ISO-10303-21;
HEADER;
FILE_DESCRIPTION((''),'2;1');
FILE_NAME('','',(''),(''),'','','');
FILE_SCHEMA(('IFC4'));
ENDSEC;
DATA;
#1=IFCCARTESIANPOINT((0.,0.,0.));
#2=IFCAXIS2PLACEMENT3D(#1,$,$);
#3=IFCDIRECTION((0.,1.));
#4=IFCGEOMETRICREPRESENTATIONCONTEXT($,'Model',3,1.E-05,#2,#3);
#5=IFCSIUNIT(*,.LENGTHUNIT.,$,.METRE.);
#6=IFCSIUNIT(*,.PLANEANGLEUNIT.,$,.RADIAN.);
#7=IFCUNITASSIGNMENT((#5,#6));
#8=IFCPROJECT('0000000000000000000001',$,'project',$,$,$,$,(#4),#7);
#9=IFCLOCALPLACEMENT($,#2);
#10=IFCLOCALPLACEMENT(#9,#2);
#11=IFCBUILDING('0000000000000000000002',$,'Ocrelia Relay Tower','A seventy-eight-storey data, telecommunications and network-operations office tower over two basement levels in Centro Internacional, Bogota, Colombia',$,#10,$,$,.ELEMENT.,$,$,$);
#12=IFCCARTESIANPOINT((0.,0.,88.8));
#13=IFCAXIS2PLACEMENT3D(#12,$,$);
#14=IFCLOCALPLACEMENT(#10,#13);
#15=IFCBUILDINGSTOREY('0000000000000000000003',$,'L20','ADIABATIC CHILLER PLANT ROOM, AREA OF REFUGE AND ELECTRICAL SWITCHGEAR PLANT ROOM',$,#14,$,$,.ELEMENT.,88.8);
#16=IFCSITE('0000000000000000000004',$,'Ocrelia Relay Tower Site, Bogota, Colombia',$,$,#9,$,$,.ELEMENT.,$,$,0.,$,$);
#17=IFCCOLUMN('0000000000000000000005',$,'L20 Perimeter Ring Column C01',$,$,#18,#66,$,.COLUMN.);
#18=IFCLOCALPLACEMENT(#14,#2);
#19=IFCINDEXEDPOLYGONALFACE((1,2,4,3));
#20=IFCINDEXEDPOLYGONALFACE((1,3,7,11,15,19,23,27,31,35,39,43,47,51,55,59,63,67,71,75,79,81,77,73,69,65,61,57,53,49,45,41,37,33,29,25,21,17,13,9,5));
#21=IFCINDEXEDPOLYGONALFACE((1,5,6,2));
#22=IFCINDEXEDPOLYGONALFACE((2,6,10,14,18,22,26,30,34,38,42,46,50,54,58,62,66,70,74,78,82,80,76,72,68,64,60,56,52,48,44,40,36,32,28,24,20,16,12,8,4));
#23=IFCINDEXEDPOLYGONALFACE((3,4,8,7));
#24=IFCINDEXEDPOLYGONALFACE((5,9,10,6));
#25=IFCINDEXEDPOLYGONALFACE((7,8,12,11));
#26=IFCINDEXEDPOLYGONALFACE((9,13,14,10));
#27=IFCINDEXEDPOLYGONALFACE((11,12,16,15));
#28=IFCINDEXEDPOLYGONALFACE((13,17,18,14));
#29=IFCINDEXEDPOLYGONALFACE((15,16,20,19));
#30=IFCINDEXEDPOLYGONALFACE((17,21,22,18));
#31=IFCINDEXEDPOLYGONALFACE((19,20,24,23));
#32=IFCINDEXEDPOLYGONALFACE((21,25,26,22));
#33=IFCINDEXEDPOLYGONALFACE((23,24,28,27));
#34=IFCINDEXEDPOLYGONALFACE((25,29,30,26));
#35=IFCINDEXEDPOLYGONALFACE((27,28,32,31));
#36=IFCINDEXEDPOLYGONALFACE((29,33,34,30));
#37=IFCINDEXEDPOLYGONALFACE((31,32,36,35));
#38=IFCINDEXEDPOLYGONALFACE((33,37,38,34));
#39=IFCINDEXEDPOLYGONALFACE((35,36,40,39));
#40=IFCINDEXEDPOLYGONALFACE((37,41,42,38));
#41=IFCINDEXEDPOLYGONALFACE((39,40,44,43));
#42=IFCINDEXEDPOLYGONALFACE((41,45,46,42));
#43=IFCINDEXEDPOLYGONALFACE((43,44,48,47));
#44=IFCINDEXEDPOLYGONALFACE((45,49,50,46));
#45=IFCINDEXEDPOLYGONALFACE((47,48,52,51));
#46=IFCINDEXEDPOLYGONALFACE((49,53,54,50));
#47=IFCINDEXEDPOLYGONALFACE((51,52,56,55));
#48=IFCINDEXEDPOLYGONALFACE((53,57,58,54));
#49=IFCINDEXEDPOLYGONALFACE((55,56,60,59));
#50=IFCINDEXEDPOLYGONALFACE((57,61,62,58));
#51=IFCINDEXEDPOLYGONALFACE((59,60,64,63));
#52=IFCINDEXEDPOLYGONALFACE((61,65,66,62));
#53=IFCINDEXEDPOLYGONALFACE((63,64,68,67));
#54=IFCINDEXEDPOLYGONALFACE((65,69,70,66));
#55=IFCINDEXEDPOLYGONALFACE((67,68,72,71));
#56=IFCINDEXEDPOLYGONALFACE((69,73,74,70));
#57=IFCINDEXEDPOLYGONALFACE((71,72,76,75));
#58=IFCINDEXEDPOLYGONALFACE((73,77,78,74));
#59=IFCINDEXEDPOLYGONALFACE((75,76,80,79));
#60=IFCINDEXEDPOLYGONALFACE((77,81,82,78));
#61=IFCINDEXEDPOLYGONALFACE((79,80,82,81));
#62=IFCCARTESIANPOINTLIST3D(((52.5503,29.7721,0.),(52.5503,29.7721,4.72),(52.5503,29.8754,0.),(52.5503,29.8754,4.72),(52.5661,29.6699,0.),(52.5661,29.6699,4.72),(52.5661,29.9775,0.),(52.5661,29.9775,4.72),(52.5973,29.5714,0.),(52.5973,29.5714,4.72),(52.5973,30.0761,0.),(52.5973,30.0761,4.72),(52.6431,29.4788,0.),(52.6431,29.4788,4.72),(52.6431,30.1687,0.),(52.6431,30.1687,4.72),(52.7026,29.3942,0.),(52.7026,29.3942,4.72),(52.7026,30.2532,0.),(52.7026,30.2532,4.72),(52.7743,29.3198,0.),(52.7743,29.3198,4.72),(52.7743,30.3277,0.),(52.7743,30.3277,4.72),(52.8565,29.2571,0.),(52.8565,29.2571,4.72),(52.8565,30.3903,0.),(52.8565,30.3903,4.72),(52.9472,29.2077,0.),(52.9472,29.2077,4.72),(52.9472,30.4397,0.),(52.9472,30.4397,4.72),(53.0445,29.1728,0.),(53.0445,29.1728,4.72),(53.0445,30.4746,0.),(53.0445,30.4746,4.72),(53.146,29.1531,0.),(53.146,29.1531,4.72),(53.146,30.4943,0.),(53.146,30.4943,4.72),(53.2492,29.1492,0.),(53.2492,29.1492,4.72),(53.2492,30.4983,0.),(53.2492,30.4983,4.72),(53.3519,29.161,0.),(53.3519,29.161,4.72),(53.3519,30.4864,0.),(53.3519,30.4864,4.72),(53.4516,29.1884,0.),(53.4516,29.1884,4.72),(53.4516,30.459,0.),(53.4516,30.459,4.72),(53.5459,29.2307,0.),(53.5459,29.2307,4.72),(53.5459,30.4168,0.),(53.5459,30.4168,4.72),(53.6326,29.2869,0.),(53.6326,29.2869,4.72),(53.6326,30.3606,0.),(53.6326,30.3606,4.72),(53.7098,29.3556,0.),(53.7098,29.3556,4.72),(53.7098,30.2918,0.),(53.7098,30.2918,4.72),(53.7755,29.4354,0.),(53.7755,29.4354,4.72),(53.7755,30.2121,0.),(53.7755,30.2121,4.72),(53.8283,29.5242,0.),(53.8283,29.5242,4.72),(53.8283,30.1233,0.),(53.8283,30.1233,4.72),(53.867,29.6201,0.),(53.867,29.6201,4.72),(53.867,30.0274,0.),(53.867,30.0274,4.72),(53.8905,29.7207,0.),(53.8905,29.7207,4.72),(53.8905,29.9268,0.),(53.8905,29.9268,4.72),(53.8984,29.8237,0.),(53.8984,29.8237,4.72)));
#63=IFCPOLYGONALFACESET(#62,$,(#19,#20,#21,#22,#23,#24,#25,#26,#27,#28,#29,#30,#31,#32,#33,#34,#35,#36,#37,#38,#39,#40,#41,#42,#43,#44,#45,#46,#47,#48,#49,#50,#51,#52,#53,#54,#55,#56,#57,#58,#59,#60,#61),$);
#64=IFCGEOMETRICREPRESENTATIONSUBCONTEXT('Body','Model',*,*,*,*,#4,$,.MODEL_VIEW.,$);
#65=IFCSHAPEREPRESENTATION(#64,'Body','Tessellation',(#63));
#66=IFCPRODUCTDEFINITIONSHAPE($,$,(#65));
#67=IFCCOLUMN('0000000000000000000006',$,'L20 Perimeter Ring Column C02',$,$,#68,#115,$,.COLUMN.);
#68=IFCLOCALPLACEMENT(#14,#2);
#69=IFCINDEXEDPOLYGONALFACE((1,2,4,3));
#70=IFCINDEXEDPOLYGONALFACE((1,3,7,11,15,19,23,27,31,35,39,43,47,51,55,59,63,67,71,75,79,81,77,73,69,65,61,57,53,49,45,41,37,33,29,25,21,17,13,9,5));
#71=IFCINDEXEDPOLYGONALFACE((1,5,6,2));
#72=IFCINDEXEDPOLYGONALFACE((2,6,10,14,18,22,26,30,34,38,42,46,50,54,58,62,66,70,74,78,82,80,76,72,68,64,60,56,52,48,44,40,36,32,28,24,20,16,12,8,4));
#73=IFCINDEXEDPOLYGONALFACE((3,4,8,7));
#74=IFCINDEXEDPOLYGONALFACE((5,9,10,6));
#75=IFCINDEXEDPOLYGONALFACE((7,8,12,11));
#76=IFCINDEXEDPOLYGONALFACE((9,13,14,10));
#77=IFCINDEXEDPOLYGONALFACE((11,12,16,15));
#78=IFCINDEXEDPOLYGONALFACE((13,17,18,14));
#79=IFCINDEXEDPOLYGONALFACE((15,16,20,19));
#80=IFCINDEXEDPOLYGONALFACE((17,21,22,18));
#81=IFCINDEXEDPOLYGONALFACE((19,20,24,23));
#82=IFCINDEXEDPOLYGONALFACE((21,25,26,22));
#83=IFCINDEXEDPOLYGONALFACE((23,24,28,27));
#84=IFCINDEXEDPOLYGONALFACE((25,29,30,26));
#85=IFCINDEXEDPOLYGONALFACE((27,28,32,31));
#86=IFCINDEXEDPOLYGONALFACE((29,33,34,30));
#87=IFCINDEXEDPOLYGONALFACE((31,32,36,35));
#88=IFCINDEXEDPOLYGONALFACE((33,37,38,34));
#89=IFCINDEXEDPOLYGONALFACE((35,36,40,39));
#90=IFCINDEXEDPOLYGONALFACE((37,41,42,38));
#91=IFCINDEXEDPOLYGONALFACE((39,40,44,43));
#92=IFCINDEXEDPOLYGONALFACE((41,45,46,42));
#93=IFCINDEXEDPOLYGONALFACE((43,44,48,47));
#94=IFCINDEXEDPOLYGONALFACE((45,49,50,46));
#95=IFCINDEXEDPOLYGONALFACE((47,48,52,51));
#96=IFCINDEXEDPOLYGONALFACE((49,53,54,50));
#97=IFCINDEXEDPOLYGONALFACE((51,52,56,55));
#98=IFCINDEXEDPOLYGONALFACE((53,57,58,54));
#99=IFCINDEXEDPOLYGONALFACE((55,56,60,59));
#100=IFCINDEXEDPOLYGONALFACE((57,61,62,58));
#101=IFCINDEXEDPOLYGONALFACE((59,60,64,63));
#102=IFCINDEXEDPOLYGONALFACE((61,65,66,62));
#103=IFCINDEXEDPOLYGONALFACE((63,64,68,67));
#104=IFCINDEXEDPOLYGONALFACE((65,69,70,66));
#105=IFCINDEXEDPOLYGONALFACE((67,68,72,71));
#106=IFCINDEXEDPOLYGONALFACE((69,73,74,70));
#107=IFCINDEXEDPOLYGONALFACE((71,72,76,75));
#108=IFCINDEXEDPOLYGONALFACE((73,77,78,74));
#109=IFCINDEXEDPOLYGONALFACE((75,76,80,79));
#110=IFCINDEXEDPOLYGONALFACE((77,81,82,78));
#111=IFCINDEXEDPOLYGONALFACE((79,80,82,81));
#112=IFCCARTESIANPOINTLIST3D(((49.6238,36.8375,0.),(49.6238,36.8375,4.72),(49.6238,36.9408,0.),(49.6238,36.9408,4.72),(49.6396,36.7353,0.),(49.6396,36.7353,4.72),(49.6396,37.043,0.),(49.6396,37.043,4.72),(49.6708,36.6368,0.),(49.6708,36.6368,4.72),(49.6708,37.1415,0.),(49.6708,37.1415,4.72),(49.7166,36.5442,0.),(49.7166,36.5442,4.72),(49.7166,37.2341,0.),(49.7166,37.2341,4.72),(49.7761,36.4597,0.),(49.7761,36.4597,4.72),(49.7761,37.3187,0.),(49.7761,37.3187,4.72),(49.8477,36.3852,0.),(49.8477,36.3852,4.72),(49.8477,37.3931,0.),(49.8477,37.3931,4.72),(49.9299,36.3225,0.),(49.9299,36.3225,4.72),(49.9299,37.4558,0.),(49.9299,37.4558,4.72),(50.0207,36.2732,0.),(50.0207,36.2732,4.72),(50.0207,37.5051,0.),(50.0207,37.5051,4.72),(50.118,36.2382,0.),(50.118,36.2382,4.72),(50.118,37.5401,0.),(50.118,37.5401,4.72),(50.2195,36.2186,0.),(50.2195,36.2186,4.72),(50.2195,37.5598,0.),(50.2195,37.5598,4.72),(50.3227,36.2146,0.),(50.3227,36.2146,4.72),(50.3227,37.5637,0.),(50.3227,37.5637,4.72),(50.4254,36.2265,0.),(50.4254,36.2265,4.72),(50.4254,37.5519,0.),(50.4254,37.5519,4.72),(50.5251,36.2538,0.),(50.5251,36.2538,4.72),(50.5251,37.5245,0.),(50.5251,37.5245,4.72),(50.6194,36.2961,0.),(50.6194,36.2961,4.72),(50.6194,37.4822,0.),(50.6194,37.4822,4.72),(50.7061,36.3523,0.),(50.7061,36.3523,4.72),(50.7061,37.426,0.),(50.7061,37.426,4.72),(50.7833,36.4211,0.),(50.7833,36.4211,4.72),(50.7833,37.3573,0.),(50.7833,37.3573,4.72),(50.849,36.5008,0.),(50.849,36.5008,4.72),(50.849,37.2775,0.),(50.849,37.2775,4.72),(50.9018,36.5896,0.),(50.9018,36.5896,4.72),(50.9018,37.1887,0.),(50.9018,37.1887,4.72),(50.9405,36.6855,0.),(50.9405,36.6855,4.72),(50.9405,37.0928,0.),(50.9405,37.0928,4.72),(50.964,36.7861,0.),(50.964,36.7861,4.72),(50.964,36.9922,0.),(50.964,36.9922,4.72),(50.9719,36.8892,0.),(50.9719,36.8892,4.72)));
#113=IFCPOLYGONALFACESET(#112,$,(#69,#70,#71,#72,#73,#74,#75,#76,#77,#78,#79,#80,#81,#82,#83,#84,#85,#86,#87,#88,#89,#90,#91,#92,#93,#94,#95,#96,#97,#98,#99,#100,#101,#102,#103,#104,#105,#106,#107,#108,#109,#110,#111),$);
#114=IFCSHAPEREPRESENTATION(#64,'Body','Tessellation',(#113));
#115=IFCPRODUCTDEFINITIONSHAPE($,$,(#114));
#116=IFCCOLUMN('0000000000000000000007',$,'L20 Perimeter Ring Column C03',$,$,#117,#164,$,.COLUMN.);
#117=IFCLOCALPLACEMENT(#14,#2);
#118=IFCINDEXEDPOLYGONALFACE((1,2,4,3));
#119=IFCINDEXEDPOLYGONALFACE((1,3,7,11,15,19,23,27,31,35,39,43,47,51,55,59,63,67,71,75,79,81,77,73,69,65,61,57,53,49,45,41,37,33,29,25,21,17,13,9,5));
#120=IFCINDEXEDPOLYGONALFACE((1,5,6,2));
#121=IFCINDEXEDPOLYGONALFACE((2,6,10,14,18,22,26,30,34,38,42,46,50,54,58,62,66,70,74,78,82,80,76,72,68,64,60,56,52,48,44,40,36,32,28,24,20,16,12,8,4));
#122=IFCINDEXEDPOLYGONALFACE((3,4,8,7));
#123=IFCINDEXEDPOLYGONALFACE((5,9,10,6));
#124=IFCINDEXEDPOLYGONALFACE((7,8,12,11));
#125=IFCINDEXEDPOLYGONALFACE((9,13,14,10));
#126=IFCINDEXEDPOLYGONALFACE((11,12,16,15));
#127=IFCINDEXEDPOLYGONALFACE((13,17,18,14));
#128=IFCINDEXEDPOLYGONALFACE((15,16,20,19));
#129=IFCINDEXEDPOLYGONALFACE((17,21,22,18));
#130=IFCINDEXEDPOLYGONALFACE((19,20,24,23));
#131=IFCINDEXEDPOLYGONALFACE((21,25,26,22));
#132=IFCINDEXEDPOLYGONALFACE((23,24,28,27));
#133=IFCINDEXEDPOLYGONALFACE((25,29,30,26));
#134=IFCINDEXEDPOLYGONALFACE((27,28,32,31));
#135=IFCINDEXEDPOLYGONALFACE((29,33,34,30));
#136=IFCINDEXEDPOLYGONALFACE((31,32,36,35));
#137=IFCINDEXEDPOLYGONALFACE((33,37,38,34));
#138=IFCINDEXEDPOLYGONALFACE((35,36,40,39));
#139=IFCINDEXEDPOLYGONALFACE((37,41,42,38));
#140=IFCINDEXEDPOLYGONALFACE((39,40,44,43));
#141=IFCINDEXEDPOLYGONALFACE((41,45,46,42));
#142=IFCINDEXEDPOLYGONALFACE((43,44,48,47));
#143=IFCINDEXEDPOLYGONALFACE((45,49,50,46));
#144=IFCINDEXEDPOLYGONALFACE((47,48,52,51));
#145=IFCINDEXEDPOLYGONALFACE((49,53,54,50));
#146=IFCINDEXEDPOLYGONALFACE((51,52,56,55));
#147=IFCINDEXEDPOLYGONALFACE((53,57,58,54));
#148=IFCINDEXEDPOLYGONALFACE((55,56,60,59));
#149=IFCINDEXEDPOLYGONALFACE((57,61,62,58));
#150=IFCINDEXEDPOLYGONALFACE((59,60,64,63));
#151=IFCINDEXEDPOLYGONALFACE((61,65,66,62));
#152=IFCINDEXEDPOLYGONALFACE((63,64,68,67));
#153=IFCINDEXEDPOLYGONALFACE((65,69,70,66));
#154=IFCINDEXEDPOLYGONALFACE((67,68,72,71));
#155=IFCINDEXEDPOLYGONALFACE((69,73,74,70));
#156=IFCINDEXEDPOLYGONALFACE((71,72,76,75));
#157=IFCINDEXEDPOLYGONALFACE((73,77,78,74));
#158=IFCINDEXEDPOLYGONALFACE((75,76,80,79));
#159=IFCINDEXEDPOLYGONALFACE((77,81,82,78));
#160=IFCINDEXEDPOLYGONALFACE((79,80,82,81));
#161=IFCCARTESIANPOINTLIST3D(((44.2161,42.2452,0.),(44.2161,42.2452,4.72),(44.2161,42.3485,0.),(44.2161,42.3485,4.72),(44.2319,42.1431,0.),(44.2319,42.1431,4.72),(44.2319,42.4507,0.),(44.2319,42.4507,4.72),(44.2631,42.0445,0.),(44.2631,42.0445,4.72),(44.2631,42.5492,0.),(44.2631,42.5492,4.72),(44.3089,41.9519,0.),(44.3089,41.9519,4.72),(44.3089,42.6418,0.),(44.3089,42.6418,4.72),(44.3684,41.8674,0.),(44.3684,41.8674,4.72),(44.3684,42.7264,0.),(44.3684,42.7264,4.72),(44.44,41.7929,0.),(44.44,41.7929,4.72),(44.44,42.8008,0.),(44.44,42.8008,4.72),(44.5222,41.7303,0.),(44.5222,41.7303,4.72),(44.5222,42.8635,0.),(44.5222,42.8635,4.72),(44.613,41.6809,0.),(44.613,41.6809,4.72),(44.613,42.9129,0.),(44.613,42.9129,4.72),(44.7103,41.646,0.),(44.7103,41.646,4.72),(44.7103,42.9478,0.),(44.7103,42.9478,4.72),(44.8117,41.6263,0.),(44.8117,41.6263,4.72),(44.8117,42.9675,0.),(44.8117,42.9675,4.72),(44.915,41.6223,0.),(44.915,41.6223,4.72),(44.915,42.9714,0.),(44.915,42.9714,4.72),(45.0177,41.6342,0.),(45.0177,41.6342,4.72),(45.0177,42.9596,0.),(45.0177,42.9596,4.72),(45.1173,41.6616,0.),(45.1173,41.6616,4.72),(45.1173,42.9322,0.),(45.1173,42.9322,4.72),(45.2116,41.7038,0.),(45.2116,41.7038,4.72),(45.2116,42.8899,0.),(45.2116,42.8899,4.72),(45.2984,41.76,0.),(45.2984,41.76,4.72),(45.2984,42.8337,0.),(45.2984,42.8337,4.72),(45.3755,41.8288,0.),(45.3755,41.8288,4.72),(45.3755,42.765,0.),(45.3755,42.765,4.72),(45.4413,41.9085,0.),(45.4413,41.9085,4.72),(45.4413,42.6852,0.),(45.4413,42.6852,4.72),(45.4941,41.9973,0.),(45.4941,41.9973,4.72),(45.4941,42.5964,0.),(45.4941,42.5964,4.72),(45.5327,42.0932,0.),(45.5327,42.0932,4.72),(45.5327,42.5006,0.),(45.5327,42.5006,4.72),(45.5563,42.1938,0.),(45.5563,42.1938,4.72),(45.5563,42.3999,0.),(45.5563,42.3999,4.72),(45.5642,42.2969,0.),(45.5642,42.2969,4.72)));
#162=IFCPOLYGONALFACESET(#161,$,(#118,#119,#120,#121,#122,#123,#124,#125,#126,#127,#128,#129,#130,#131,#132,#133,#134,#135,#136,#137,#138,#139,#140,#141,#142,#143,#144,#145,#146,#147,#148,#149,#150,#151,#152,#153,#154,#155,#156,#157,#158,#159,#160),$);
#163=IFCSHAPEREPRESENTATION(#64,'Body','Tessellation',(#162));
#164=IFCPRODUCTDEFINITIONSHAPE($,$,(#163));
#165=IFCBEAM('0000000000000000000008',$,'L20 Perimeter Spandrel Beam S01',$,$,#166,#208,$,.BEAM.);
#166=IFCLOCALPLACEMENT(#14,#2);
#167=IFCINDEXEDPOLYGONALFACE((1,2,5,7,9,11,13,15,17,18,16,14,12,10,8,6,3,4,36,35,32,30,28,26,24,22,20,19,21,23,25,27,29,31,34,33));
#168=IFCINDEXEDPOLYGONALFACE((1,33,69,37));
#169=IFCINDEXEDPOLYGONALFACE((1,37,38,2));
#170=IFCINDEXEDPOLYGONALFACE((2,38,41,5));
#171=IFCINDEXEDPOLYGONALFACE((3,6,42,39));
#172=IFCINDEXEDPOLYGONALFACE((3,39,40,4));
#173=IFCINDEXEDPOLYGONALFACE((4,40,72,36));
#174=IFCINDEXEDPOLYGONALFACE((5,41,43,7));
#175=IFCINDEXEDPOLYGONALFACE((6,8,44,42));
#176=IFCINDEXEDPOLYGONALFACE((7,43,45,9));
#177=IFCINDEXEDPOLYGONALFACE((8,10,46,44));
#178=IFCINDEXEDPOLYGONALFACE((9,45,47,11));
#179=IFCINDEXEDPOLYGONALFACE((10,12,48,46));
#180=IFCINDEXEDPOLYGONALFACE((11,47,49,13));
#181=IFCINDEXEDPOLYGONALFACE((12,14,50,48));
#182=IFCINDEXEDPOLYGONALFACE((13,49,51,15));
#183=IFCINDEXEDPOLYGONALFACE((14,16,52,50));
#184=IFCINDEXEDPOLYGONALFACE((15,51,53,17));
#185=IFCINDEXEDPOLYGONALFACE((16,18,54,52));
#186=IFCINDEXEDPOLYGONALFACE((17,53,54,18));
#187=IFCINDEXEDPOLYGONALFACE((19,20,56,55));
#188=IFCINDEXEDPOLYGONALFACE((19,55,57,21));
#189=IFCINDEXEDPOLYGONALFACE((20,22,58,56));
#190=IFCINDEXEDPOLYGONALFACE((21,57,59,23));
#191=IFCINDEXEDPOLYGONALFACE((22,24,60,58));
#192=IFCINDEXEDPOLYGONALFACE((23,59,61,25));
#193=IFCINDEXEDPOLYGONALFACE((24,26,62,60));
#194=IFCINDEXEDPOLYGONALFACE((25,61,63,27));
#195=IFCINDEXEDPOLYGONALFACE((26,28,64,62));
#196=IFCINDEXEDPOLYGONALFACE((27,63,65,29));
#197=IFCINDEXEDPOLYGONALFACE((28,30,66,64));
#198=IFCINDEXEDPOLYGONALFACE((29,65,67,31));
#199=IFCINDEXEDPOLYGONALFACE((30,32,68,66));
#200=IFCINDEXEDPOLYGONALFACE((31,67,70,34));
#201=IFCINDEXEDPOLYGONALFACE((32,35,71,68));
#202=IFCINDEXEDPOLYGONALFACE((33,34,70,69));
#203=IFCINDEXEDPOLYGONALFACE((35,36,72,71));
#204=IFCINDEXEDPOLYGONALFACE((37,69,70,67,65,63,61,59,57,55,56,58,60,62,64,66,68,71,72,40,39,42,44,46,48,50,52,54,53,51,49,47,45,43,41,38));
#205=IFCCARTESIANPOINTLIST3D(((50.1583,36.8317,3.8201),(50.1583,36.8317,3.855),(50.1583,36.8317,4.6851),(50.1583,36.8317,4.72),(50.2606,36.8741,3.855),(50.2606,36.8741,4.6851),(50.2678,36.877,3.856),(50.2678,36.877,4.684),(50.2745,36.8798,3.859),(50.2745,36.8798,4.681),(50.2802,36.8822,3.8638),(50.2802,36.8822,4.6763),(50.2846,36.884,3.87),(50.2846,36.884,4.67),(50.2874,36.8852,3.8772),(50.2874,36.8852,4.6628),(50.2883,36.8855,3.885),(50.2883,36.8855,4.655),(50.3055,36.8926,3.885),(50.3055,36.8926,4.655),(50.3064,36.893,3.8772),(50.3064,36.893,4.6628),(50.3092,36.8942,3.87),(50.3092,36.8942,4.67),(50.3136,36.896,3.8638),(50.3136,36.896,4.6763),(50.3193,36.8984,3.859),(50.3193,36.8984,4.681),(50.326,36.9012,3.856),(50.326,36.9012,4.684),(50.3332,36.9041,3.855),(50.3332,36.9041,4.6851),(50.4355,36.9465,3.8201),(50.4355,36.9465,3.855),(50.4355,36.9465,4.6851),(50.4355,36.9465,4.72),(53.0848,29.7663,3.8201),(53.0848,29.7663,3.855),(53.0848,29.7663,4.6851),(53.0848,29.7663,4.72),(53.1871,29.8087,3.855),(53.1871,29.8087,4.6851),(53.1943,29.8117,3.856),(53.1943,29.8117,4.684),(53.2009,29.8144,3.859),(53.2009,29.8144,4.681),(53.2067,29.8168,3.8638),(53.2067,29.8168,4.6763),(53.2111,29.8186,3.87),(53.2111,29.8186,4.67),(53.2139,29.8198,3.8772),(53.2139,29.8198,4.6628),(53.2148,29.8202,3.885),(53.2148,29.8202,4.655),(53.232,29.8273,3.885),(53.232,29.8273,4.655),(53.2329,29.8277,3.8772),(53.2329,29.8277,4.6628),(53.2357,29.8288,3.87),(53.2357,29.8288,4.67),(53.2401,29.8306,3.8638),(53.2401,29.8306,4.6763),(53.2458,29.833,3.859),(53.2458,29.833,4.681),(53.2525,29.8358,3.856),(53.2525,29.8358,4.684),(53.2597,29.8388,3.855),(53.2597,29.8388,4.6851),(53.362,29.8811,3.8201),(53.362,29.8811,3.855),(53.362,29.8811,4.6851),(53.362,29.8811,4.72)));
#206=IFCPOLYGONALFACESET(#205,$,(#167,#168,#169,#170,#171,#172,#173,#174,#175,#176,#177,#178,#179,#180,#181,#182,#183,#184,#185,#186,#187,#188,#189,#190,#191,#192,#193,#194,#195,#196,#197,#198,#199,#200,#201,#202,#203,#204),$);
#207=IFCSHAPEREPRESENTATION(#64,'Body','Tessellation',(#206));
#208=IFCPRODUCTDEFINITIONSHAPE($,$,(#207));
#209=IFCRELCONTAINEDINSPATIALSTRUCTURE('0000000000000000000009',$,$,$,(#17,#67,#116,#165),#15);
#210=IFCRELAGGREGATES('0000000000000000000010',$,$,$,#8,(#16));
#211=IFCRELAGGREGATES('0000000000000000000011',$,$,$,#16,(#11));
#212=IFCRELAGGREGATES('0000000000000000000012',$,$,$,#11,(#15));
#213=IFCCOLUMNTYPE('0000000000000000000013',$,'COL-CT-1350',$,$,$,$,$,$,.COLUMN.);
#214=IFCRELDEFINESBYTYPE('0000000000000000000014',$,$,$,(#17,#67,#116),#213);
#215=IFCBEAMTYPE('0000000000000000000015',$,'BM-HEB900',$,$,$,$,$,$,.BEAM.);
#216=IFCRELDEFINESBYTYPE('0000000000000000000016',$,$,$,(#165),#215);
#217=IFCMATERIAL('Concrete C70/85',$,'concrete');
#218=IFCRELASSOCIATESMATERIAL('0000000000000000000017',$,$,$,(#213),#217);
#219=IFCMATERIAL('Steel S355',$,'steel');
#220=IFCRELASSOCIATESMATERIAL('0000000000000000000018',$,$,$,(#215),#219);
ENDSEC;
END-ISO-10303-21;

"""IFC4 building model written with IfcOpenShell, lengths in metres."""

from ifc_helpers import new_model, si_unit, direction, frame, origin, origin_2d, place, context, subcontext, project, spatial, circle, i_section, extrude, material, material_profile, profile_set, type_object, element, save


model = new_model("IFC4")

# Units and contexts
model_context = context("Model", 3, precision=1e-05, world=origin(), true_north=direction((0.0, 1.0)))
body_context = subcontext(model_context, "Body", "Model", "MODEL_VIEW")
ifc_project = project(units=[si_unit("LENGTHUNIT", "METRE"), si_unit("PLANEANGLEUNIT", "RADIAN")], contexts=[model_context])

# Site, building, storey
site_placement = place(None, origin())
site = spatial("IfcSite", under=ifc_project, at=site_placement, Name="Ocrelia Relay Tower Site, Bogota, Colombia", CompositionType="ELEMENT", RefElevation=0.0)
building_placement = place(site_placement, origin())
building = spatial("IfcBuilding", under=site, at=building_placement, Name="Ocrelia Relay Tower", Description="A seventy-eight-storey data, telecommunications and network-operations office tower over two basement levels in Centro Internacional, Bogota, Colombia", CompositionType="ELEMENT")
storey_placement = place(building_placement, frame((0.0, 0.0, 88.8)))
storey = spatial("IfcBuildingStorey", under=building, at=storey_placement, Name="L20", Description="ADIABATIC CHILLER PLANT ROOM, AREA OF REFUGE AND ELECTRICAL SWITCHGEAR PLANT ROOM", CompositionType="ELEMENT", Elevation=88.8)

# Columns
ifc_material_1 = material(Name="Concrete C70/85", Category="concrete")
ifc_material_profile_1 = material_profile(ifc_material_1, circle(Radius=0.675, at=origin_2d()), Name="RC-CIR-1350")
ifc_profile_set_1 = profile_set([ifc_material_profile_1], Name="Concrete C70/85")
column_type = type_object("IfcColumnType", Name="COL-CT-1350", PredefinedType="COLUMN", material=ifc_profile_set_1)
for number, where, z_axis, x_axis, name in (
    (1, (53.2234, 29.8237, 0.0), (0.0, 0.0, 1.0), (1.0, 0.0, 0.0), "L20 Perimeter Ring Column C01"),
    (2, (50.2969, 36.8892, 0.0), (0.0, 0.0, 1.0), (1.0, 0.0, 0.0), "L20 Perimeter Ring Column C02"),
    (3, (44.8892, 42.2969, 0.0), (0.0, 0.0, 1.0), (1.0, 0.0, 0.0), "L20 Perimeter Ring Column C03"),
):
    element("IfcColumn", number, at=place(storey_placement, frame(where, z_axis=z_axis, x_axis=x_axis)), inside=storey, type_object=column_type, Name=name, PredefinedType="COLUMN", context=body_context, shape_type="SweptSolid", body=[
        extrude(circle(Radius=0.675, at=origin_2d()), origin(), (0.0, 0.0, 1.0), 4.72),
    ])

# Beam
ifc_material_2 = material(Name="Steel S355", Category="steel")
ifc_material_profile_2 = material_profile(ifc_material_2, i_section(OverallWidth=0.3, OverallDepth=0.8999, WebThickness=0.0186, FlangeThickness=0.0349, FilletRadius=0.03, at=origin_2d()), Name="HEB 900")
ifc_profile_set_2 = profile_set([ifc_material_profile_2], Name="Steel S355")
beam_type_1 = type_object("IfcBeamType", Name="BM-HEB900", PredefinedType="BEAM", material=ifc_profile_set_2)
beam_1_placement = place(storey_placement, frame((53.2234, 29.8237, 4.27), z_axis=(-0.382674, 0.923883, 0.0), x_axis=(-0.923883, -0.382674, 0.0)))
element("IfcBeam", 4, at=beam_1_placement, inside=storey, type_object=beam_type_1, Name="L20 Perimeter Spandrel Beam S01", PredefinedType="BEAM", context=body_context, shape_type="SweptSolid", body=[
    extrude(i_section(OverallWidth=0.3, OverallDepth=0.8999, WebThickness=0.0186, FlangeThickness=0.0349, FilletRadius=0.03, at=origin_2d()), origin(), (0.0, 0.0, 1.0), 7.6475),
])

save(model, "model.ifc")
